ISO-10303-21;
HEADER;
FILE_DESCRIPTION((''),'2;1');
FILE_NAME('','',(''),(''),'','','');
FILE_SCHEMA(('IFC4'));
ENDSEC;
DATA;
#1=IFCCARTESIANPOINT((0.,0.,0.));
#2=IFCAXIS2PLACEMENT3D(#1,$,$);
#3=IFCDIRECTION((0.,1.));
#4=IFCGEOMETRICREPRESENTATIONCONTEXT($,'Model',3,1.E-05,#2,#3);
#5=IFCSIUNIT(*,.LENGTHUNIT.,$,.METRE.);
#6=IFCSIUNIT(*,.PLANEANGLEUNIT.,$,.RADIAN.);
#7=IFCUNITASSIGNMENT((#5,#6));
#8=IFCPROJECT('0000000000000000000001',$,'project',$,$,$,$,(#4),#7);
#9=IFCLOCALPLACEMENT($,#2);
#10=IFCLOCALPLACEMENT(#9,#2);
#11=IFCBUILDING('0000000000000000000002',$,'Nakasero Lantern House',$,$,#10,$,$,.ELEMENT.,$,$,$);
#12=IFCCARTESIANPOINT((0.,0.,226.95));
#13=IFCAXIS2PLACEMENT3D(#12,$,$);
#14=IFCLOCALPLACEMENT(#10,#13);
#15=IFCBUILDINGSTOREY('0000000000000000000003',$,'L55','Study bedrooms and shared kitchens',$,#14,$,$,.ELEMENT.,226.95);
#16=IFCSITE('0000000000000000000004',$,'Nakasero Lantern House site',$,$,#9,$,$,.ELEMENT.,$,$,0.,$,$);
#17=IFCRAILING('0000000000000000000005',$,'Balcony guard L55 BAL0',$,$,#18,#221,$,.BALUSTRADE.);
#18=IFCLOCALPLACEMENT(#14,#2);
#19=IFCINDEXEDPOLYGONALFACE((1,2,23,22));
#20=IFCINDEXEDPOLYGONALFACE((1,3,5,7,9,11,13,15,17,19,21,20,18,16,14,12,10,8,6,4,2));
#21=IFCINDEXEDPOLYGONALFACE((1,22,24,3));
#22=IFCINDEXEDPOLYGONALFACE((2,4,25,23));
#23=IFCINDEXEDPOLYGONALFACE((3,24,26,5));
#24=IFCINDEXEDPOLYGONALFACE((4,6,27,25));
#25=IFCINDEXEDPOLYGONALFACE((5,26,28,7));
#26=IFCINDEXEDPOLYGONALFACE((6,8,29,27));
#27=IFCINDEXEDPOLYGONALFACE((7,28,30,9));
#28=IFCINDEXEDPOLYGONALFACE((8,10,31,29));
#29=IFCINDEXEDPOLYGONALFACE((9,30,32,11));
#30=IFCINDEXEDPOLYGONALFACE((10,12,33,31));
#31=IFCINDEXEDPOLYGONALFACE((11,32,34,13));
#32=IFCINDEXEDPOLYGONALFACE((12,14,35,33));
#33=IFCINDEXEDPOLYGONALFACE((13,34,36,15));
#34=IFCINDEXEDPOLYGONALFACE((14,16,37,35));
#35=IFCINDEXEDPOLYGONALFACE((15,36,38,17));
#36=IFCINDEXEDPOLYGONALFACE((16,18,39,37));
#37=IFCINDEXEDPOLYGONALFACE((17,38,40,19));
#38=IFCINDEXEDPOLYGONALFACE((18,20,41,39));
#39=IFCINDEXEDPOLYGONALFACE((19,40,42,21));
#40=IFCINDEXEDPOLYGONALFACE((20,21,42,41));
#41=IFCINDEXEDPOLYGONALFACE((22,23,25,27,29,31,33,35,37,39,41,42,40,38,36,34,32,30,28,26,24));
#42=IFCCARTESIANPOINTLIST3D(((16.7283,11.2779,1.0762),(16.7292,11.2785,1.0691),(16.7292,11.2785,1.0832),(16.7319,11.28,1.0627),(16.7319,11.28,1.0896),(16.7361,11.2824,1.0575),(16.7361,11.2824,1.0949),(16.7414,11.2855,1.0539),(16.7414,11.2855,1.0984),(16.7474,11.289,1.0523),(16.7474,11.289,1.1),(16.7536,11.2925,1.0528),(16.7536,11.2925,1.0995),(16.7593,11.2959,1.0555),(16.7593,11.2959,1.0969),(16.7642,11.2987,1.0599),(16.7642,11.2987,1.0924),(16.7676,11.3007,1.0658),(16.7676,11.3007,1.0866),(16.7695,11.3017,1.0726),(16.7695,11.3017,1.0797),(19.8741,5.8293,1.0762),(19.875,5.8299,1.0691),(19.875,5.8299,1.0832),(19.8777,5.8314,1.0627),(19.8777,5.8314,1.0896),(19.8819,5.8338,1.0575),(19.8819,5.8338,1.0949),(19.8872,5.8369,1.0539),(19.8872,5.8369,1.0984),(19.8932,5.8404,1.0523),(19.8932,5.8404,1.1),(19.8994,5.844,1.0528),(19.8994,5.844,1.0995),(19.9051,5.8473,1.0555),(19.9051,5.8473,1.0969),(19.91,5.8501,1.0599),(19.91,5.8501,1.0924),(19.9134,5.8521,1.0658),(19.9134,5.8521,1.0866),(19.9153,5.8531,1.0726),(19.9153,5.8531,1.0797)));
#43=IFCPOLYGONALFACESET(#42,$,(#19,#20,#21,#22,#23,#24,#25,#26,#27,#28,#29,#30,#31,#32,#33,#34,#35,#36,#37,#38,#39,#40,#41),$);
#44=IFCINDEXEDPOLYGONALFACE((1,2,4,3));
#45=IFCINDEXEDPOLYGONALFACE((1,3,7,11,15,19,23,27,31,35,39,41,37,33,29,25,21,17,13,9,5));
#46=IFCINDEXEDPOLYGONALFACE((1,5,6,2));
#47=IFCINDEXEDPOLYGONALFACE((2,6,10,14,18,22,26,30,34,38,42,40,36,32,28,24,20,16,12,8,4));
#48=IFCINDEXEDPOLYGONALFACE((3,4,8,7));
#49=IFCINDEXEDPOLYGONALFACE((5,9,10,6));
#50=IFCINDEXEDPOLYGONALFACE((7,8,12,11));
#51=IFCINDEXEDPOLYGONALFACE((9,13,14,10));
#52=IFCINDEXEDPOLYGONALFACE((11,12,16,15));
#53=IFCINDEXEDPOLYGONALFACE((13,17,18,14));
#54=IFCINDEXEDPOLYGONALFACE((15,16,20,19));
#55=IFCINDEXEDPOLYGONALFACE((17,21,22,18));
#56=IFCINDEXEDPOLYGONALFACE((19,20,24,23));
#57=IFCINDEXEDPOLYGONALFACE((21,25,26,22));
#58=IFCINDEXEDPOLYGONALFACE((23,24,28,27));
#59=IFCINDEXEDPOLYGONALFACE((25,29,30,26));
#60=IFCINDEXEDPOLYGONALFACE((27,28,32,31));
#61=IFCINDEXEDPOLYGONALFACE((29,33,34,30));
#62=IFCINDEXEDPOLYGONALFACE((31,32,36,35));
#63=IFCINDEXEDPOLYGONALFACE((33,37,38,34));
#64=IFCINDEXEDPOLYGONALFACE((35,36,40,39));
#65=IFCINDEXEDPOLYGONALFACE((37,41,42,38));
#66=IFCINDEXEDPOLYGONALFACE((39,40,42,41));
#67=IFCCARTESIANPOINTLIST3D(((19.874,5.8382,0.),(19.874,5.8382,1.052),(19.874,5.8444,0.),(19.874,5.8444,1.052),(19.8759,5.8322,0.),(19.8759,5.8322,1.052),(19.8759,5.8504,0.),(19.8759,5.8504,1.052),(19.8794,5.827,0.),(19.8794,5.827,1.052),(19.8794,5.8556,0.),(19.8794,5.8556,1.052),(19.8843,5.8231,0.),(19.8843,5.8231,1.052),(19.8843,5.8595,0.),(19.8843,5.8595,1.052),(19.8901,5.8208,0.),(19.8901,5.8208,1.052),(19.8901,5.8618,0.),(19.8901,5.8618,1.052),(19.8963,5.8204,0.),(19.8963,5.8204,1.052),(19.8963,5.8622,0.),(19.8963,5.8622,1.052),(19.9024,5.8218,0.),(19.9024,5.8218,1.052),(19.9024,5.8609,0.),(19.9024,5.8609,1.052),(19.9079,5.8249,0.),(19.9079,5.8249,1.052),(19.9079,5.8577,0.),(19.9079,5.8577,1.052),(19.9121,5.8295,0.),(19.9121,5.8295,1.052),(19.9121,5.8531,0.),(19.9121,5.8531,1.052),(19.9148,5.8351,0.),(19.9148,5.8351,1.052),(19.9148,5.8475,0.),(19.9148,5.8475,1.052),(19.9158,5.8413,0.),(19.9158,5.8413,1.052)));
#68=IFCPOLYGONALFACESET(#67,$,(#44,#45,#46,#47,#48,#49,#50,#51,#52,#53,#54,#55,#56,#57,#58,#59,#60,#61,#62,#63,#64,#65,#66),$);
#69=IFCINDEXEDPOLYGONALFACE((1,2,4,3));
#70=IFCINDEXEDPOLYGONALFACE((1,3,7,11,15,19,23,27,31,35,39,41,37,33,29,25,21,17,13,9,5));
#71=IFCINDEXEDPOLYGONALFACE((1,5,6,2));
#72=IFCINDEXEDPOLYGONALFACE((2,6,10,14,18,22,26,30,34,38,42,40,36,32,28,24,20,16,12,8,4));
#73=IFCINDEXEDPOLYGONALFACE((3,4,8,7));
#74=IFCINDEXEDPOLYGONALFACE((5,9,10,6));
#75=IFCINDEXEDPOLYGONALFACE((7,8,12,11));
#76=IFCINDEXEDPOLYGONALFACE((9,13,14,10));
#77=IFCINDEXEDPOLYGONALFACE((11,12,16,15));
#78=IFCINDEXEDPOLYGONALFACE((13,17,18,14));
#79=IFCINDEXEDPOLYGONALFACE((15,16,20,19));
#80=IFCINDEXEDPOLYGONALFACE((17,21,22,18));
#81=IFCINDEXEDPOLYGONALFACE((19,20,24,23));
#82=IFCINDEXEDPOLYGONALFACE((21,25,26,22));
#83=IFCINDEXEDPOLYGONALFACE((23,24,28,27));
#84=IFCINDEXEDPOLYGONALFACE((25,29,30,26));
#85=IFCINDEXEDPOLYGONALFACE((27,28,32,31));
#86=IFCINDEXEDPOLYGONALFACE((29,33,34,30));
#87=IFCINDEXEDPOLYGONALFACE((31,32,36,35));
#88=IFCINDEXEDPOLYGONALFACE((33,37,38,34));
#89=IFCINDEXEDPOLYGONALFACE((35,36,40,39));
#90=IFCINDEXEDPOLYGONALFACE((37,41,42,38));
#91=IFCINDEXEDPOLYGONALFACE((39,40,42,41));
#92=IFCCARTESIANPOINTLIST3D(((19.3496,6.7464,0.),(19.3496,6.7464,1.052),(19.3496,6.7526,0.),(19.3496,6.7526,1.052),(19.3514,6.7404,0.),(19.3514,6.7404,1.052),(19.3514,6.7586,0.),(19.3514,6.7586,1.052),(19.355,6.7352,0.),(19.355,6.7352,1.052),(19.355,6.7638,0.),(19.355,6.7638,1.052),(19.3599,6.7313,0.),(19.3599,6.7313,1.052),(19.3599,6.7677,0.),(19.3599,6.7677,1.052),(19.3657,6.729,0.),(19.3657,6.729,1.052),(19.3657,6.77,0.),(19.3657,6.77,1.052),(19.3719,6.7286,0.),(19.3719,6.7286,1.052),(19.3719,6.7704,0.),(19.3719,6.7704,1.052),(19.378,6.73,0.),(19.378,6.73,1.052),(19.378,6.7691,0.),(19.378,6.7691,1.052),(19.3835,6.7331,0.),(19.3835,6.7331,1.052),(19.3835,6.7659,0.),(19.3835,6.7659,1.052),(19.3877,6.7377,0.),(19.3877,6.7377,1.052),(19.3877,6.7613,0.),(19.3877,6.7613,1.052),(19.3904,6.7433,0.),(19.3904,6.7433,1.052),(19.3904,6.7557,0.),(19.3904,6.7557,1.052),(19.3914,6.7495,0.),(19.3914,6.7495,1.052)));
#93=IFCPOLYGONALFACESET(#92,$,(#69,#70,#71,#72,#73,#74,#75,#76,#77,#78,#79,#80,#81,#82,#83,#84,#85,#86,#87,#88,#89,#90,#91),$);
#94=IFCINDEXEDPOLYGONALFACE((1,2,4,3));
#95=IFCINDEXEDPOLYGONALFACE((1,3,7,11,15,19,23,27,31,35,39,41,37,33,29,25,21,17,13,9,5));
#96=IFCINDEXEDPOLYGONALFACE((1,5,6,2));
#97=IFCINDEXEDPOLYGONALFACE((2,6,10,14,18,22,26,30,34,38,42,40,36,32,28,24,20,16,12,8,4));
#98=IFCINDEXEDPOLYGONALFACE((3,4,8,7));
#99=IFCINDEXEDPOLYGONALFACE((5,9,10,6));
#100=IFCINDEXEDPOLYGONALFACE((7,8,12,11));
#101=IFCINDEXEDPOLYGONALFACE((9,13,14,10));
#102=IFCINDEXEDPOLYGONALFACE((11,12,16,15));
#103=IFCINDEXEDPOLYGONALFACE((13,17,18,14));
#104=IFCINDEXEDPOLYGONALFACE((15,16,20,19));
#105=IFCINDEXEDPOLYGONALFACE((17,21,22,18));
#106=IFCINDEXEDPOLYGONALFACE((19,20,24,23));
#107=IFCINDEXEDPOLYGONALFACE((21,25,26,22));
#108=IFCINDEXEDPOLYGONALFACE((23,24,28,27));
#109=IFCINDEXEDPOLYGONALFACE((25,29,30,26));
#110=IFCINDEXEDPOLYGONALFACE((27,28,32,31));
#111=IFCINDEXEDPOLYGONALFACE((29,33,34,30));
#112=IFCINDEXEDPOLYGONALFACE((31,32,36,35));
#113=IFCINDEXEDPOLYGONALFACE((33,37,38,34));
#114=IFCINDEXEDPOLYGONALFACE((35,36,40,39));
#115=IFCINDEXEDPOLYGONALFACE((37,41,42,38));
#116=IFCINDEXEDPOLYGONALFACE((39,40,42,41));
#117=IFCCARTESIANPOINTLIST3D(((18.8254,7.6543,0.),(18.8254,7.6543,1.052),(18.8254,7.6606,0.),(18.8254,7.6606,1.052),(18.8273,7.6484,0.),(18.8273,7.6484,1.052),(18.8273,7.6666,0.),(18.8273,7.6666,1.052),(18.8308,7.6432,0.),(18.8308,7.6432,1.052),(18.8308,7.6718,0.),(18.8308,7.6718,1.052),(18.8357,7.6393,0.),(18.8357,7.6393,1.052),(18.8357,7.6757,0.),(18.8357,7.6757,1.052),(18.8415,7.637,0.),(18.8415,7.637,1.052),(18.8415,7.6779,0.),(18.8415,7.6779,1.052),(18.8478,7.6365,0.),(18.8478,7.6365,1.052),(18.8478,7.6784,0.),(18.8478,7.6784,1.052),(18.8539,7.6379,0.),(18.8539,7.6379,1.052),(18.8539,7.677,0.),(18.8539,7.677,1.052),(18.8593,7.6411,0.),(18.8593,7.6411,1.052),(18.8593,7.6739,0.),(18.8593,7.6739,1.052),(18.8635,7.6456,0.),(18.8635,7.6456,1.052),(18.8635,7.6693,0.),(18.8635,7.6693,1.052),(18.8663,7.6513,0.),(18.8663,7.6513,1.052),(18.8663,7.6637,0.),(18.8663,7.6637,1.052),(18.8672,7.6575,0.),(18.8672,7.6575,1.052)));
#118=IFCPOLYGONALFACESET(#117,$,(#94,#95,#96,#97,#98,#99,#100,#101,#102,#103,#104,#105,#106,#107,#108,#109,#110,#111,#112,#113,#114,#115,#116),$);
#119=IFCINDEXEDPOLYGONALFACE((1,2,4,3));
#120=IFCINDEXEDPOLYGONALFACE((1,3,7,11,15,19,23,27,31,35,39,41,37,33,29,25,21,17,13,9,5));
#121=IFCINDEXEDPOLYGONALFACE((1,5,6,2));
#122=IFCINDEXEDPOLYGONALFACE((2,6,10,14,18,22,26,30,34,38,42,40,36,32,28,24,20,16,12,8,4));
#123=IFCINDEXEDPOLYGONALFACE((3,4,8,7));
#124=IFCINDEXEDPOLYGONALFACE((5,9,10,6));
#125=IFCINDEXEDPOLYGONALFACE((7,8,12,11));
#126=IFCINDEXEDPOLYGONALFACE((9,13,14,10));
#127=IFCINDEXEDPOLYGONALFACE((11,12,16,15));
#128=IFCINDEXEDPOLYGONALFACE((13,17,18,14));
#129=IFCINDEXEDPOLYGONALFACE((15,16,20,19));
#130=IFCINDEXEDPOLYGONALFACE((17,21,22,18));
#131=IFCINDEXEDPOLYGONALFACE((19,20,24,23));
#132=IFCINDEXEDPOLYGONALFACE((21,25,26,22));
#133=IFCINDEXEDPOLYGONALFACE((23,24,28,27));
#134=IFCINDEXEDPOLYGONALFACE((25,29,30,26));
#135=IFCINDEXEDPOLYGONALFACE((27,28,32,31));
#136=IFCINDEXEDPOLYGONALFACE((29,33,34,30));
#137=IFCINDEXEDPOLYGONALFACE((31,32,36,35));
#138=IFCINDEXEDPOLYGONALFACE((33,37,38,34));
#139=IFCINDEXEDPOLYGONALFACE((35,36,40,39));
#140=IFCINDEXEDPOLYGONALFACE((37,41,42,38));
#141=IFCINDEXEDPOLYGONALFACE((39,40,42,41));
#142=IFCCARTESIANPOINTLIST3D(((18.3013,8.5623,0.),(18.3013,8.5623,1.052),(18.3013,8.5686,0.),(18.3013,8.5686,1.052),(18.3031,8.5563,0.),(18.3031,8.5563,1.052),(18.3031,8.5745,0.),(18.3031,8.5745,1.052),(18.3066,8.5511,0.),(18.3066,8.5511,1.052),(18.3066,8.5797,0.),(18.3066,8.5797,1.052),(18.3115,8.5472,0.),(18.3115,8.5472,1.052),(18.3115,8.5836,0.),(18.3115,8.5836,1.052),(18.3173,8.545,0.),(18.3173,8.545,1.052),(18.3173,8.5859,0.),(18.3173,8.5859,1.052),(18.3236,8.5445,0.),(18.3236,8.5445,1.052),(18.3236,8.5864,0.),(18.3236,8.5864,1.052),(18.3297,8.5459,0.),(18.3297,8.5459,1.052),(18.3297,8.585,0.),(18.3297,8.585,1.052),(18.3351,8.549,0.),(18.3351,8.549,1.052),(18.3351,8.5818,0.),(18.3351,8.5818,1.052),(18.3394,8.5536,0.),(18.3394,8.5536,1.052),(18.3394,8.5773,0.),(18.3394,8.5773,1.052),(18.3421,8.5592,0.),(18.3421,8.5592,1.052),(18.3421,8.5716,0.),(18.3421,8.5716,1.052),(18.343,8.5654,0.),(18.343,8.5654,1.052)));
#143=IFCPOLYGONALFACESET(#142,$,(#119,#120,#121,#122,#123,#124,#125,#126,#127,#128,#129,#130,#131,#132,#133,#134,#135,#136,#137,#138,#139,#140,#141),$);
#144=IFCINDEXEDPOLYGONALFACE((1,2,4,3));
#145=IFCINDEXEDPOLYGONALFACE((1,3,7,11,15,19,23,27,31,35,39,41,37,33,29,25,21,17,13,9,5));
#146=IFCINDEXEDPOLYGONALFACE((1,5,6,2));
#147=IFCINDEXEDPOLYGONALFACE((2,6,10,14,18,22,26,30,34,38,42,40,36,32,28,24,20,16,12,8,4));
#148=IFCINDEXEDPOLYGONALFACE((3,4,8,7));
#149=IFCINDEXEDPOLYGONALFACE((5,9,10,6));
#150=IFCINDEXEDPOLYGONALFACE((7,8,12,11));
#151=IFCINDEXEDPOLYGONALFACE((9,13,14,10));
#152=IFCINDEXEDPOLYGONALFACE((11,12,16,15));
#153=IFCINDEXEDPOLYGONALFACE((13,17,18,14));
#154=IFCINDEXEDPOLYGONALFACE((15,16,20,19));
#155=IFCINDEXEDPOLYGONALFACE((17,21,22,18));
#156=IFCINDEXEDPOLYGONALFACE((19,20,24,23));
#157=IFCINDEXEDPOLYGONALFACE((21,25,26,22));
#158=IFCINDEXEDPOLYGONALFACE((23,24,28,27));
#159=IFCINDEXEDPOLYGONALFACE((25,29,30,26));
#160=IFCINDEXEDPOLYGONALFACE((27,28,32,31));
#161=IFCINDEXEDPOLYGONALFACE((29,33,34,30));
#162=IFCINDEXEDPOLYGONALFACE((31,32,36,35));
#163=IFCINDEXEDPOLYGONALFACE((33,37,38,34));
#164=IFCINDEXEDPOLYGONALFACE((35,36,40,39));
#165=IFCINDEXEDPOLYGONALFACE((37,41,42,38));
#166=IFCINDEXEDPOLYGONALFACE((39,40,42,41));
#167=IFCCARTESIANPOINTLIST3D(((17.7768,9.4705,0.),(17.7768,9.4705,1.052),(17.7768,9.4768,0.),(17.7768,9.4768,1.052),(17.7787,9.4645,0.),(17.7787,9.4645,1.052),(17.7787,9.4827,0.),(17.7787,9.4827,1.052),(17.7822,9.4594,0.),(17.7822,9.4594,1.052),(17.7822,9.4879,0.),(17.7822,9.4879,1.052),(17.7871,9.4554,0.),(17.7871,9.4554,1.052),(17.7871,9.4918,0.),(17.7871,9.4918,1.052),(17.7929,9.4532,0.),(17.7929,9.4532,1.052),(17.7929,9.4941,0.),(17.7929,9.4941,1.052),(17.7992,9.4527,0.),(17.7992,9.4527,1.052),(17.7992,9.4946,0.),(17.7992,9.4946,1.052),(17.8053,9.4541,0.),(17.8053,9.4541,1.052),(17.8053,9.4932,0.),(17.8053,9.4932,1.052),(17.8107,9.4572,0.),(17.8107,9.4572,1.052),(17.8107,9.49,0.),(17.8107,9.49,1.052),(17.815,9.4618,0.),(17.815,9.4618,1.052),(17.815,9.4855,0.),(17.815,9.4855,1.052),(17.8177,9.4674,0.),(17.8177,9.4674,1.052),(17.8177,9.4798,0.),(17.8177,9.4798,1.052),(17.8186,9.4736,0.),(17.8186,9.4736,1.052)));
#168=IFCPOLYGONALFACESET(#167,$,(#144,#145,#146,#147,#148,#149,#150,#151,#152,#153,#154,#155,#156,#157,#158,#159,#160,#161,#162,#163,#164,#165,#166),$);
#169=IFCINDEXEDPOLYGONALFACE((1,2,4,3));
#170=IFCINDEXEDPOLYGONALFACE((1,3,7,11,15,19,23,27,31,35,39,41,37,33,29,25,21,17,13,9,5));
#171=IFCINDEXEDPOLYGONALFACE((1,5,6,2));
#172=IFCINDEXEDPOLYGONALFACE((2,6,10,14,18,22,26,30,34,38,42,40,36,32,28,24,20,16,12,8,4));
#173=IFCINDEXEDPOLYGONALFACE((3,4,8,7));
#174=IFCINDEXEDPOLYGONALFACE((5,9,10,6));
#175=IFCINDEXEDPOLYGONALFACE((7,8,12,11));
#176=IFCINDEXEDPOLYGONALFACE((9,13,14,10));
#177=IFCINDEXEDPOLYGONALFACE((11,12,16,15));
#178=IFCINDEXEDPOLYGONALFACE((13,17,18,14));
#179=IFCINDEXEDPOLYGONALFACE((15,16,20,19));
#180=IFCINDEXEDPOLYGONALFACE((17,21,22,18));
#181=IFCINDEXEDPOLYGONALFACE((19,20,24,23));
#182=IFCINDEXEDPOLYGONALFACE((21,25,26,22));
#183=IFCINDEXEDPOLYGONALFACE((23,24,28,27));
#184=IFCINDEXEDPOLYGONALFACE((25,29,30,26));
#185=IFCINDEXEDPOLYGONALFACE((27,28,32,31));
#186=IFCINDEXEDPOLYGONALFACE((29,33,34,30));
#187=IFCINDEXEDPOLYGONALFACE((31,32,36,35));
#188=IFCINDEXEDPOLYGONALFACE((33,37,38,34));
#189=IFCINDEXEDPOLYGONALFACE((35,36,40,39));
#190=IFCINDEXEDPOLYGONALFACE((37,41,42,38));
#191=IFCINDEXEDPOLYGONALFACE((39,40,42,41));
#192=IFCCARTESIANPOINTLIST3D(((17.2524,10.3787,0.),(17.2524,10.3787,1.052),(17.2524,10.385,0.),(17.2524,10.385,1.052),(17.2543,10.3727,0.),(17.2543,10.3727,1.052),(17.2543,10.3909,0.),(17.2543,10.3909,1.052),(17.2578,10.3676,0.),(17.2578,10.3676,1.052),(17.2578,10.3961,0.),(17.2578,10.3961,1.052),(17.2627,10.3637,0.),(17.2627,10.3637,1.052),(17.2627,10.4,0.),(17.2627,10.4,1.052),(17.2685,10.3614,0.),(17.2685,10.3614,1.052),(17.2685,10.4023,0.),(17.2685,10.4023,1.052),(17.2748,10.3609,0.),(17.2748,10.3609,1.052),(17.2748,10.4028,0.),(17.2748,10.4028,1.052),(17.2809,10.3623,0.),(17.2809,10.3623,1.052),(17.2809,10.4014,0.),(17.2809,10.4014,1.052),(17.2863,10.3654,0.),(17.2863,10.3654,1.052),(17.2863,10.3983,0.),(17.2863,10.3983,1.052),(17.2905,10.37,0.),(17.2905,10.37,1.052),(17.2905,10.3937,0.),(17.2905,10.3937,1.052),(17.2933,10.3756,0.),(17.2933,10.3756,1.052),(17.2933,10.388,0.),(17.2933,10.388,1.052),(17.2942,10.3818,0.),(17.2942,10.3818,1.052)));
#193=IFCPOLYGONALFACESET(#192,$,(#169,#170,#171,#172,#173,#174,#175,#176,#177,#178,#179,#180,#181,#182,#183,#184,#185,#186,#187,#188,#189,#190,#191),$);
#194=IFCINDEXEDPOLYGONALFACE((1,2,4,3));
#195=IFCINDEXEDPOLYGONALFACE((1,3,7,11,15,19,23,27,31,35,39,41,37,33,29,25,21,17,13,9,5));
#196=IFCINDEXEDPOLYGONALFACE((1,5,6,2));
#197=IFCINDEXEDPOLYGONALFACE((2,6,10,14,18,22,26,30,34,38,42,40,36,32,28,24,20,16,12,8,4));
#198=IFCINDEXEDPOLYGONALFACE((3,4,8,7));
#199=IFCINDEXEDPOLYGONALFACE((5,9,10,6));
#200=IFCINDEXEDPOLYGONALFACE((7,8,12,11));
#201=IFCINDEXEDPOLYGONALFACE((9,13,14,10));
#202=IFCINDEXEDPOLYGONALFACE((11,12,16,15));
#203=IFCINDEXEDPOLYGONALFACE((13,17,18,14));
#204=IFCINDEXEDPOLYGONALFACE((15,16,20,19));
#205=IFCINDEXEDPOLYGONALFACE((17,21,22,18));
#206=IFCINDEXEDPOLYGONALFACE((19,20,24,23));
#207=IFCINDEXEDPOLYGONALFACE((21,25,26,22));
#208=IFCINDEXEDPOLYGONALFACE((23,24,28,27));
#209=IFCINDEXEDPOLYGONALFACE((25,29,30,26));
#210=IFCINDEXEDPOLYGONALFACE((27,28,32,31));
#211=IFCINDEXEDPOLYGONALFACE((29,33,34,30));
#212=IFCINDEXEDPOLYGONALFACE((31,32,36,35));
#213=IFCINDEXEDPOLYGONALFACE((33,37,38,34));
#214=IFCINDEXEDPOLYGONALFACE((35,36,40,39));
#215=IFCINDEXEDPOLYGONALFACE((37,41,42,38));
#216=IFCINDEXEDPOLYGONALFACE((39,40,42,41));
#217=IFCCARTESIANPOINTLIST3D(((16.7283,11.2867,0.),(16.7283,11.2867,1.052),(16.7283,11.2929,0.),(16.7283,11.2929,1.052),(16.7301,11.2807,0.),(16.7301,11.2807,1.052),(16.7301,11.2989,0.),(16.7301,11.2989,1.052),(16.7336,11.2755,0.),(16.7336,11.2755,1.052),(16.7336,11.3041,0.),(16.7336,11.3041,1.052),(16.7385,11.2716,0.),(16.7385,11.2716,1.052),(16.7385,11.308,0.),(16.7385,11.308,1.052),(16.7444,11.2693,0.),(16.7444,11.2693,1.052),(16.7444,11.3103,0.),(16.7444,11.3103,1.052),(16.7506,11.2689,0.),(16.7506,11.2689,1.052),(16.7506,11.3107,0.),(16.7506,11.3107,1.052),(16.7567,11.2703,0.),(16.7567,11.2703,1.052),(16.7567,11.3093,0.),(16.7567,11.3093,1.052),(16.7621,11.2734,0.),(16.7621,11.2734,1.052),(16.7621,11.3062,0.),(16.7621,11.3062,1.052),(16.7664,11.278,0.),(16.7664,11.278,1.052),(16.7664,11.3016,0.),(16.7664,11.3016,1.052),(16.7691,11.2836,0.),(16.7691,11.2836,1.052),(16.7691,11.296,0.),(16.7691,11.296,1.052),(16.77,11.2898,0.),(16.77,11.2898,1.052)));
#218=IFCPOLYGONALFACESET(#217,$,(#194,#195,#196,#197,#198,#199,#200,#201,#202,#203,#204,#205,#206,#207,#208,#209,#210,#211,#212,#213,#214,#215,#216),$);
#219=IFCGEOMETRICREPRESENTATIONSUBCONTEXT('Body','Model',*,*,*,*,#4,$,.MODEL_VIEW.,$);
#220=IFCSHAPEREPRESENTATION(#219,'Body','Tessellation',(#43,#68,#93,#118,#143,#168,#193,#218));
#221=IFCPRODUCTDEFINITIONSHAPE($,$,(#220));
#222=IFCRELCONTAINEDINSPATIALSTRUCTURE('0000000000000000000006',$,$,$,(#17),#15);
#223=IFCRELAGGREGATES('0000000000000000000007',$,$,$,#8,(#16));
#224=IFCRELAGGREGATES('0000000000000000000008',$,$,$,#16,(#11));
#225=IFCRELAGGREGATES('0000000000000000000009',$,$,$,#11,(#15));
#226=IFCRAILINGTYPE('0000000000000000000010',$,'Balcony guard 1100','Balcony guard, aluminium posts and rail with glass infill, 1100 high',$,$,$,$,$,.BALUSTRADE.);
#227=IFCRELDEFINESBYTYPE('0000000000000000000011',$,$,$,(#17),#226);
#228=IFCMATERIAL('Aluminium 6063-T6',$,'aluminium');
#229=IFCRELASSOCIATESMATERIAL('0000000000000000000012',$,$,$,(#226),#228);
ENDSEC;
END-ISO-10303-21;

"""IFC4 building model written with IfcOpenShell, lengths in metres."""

from ifc_helpers import new_model, si_unit, direction, frame, origin, origin_2d, place, context, subcontext, project, spatial, circle, extrude, material, type_object, element, save


model = new_model("IFC4")

# Units and contexts
model_context = context("Model", 3, precision=1e-05, world=origin(), true_north=direction((0.0, 1.0)))
body_context = subcontext(model_context, "Body", "Model", "MODEL_VIEW")
ifc_project = project(units=[si_unit("LENGTHUNIT", "METRE"), si_unit("PLANEANGLEUNIT", "RADIAN")], contexts=[model_context])

# Site, building, storey
site_placement = place(None, origin())
site = spatial("IfcSite", under=ifc_project, at=site_placement, Name="Nakasero Lantern House site", CompositionType="ELEMENT", RefElevation=0.0)
building_placement = place(site_placement, origin())
building = spatial("IfcBuilding", under=site, at=building_placement, Name="Nakasero Lantern House", CompositionType="ELEMENT")
storey_placement = place(building_placement, frame((0.0, 0.0, 226.95)))
storey = spatial("IfcBuildingStorey", under=building, at=storey_placement, Name="L55", Description="Study bedrooms and shared kitchens", CompositionType="ELEMENT", Elevation=226.95)

# Railing
ifc_material_1 = material(Name="Aluminium 6063-T6", Category="aluminium")
railing_type = type_object("IfcRailingType", Name="Balcony guard 1100", Description="Balcony guard, aluminium posts and rail with glass infill, 1100 high", PredefinedType="BALUSTRADE", material=ifc_material_1)
railing_placement = place(storey_placement, frame((19.8948, 5.8413, 0.0)))
element("IfcRailing", 1, at=railing_placement, inside=storey, type_object=railing_type, Name="Balcony guard L55 BAL0", PredefinedType="BALUSTRADE", context=body_context, shape_type="SweptSolid", body=[
    extrude(circle(Radius=0.0239, at=origin_2d()), frame((0.0, 0.0, 1.0762), z_axis=(-0.500008, 0.866021, 0.0), x_axis=(-0.866021, -0.500008, 0.0)), (0.0, 0.0, 1.0), 6.2915),
    extrude(circle(Radius=0.021, at=origin_2d()), origin(), (0.0, 0.0, 1.0), 1.052),
    extrude(circle(Radius=0.021, at=origin_2d()), frame((-0.5244, 0.9082, 0.0)), (0.0, 0.0, 1.0), 1.052),
    extrude(circle(Radius=0.021, at=origin_2d()), frame((-1.0486, 1.8162, 0.0)), (0.0, 0.0, 1.0), 1.052),
    extrude(circle(Radius=0.021, at=origin_2d()), frame((-1.5728, 2.7241, 0.0)), (0.0, 0.0, 1.0), 1.052),
    extrude(circle(Radius=0.021, at=origin_2d()), frame((-2.0972, 3.6323, 0.0)), (0.0, 0.0, 1.0), 1.052),
    extrude(circle(Radius=0.021, at=origin_2d()), frame((-2.6216, 4.5405, 0.0)), (0.0, 0.0, 1.0), 1.052),
    extrude(circle(Radius=0.021, at=origin_2d()), frame((-3.1458, 5.4485, 0.0)), (0.0, 0.0, 1.0), 1.052),
])

save(model, "model.ifc")
